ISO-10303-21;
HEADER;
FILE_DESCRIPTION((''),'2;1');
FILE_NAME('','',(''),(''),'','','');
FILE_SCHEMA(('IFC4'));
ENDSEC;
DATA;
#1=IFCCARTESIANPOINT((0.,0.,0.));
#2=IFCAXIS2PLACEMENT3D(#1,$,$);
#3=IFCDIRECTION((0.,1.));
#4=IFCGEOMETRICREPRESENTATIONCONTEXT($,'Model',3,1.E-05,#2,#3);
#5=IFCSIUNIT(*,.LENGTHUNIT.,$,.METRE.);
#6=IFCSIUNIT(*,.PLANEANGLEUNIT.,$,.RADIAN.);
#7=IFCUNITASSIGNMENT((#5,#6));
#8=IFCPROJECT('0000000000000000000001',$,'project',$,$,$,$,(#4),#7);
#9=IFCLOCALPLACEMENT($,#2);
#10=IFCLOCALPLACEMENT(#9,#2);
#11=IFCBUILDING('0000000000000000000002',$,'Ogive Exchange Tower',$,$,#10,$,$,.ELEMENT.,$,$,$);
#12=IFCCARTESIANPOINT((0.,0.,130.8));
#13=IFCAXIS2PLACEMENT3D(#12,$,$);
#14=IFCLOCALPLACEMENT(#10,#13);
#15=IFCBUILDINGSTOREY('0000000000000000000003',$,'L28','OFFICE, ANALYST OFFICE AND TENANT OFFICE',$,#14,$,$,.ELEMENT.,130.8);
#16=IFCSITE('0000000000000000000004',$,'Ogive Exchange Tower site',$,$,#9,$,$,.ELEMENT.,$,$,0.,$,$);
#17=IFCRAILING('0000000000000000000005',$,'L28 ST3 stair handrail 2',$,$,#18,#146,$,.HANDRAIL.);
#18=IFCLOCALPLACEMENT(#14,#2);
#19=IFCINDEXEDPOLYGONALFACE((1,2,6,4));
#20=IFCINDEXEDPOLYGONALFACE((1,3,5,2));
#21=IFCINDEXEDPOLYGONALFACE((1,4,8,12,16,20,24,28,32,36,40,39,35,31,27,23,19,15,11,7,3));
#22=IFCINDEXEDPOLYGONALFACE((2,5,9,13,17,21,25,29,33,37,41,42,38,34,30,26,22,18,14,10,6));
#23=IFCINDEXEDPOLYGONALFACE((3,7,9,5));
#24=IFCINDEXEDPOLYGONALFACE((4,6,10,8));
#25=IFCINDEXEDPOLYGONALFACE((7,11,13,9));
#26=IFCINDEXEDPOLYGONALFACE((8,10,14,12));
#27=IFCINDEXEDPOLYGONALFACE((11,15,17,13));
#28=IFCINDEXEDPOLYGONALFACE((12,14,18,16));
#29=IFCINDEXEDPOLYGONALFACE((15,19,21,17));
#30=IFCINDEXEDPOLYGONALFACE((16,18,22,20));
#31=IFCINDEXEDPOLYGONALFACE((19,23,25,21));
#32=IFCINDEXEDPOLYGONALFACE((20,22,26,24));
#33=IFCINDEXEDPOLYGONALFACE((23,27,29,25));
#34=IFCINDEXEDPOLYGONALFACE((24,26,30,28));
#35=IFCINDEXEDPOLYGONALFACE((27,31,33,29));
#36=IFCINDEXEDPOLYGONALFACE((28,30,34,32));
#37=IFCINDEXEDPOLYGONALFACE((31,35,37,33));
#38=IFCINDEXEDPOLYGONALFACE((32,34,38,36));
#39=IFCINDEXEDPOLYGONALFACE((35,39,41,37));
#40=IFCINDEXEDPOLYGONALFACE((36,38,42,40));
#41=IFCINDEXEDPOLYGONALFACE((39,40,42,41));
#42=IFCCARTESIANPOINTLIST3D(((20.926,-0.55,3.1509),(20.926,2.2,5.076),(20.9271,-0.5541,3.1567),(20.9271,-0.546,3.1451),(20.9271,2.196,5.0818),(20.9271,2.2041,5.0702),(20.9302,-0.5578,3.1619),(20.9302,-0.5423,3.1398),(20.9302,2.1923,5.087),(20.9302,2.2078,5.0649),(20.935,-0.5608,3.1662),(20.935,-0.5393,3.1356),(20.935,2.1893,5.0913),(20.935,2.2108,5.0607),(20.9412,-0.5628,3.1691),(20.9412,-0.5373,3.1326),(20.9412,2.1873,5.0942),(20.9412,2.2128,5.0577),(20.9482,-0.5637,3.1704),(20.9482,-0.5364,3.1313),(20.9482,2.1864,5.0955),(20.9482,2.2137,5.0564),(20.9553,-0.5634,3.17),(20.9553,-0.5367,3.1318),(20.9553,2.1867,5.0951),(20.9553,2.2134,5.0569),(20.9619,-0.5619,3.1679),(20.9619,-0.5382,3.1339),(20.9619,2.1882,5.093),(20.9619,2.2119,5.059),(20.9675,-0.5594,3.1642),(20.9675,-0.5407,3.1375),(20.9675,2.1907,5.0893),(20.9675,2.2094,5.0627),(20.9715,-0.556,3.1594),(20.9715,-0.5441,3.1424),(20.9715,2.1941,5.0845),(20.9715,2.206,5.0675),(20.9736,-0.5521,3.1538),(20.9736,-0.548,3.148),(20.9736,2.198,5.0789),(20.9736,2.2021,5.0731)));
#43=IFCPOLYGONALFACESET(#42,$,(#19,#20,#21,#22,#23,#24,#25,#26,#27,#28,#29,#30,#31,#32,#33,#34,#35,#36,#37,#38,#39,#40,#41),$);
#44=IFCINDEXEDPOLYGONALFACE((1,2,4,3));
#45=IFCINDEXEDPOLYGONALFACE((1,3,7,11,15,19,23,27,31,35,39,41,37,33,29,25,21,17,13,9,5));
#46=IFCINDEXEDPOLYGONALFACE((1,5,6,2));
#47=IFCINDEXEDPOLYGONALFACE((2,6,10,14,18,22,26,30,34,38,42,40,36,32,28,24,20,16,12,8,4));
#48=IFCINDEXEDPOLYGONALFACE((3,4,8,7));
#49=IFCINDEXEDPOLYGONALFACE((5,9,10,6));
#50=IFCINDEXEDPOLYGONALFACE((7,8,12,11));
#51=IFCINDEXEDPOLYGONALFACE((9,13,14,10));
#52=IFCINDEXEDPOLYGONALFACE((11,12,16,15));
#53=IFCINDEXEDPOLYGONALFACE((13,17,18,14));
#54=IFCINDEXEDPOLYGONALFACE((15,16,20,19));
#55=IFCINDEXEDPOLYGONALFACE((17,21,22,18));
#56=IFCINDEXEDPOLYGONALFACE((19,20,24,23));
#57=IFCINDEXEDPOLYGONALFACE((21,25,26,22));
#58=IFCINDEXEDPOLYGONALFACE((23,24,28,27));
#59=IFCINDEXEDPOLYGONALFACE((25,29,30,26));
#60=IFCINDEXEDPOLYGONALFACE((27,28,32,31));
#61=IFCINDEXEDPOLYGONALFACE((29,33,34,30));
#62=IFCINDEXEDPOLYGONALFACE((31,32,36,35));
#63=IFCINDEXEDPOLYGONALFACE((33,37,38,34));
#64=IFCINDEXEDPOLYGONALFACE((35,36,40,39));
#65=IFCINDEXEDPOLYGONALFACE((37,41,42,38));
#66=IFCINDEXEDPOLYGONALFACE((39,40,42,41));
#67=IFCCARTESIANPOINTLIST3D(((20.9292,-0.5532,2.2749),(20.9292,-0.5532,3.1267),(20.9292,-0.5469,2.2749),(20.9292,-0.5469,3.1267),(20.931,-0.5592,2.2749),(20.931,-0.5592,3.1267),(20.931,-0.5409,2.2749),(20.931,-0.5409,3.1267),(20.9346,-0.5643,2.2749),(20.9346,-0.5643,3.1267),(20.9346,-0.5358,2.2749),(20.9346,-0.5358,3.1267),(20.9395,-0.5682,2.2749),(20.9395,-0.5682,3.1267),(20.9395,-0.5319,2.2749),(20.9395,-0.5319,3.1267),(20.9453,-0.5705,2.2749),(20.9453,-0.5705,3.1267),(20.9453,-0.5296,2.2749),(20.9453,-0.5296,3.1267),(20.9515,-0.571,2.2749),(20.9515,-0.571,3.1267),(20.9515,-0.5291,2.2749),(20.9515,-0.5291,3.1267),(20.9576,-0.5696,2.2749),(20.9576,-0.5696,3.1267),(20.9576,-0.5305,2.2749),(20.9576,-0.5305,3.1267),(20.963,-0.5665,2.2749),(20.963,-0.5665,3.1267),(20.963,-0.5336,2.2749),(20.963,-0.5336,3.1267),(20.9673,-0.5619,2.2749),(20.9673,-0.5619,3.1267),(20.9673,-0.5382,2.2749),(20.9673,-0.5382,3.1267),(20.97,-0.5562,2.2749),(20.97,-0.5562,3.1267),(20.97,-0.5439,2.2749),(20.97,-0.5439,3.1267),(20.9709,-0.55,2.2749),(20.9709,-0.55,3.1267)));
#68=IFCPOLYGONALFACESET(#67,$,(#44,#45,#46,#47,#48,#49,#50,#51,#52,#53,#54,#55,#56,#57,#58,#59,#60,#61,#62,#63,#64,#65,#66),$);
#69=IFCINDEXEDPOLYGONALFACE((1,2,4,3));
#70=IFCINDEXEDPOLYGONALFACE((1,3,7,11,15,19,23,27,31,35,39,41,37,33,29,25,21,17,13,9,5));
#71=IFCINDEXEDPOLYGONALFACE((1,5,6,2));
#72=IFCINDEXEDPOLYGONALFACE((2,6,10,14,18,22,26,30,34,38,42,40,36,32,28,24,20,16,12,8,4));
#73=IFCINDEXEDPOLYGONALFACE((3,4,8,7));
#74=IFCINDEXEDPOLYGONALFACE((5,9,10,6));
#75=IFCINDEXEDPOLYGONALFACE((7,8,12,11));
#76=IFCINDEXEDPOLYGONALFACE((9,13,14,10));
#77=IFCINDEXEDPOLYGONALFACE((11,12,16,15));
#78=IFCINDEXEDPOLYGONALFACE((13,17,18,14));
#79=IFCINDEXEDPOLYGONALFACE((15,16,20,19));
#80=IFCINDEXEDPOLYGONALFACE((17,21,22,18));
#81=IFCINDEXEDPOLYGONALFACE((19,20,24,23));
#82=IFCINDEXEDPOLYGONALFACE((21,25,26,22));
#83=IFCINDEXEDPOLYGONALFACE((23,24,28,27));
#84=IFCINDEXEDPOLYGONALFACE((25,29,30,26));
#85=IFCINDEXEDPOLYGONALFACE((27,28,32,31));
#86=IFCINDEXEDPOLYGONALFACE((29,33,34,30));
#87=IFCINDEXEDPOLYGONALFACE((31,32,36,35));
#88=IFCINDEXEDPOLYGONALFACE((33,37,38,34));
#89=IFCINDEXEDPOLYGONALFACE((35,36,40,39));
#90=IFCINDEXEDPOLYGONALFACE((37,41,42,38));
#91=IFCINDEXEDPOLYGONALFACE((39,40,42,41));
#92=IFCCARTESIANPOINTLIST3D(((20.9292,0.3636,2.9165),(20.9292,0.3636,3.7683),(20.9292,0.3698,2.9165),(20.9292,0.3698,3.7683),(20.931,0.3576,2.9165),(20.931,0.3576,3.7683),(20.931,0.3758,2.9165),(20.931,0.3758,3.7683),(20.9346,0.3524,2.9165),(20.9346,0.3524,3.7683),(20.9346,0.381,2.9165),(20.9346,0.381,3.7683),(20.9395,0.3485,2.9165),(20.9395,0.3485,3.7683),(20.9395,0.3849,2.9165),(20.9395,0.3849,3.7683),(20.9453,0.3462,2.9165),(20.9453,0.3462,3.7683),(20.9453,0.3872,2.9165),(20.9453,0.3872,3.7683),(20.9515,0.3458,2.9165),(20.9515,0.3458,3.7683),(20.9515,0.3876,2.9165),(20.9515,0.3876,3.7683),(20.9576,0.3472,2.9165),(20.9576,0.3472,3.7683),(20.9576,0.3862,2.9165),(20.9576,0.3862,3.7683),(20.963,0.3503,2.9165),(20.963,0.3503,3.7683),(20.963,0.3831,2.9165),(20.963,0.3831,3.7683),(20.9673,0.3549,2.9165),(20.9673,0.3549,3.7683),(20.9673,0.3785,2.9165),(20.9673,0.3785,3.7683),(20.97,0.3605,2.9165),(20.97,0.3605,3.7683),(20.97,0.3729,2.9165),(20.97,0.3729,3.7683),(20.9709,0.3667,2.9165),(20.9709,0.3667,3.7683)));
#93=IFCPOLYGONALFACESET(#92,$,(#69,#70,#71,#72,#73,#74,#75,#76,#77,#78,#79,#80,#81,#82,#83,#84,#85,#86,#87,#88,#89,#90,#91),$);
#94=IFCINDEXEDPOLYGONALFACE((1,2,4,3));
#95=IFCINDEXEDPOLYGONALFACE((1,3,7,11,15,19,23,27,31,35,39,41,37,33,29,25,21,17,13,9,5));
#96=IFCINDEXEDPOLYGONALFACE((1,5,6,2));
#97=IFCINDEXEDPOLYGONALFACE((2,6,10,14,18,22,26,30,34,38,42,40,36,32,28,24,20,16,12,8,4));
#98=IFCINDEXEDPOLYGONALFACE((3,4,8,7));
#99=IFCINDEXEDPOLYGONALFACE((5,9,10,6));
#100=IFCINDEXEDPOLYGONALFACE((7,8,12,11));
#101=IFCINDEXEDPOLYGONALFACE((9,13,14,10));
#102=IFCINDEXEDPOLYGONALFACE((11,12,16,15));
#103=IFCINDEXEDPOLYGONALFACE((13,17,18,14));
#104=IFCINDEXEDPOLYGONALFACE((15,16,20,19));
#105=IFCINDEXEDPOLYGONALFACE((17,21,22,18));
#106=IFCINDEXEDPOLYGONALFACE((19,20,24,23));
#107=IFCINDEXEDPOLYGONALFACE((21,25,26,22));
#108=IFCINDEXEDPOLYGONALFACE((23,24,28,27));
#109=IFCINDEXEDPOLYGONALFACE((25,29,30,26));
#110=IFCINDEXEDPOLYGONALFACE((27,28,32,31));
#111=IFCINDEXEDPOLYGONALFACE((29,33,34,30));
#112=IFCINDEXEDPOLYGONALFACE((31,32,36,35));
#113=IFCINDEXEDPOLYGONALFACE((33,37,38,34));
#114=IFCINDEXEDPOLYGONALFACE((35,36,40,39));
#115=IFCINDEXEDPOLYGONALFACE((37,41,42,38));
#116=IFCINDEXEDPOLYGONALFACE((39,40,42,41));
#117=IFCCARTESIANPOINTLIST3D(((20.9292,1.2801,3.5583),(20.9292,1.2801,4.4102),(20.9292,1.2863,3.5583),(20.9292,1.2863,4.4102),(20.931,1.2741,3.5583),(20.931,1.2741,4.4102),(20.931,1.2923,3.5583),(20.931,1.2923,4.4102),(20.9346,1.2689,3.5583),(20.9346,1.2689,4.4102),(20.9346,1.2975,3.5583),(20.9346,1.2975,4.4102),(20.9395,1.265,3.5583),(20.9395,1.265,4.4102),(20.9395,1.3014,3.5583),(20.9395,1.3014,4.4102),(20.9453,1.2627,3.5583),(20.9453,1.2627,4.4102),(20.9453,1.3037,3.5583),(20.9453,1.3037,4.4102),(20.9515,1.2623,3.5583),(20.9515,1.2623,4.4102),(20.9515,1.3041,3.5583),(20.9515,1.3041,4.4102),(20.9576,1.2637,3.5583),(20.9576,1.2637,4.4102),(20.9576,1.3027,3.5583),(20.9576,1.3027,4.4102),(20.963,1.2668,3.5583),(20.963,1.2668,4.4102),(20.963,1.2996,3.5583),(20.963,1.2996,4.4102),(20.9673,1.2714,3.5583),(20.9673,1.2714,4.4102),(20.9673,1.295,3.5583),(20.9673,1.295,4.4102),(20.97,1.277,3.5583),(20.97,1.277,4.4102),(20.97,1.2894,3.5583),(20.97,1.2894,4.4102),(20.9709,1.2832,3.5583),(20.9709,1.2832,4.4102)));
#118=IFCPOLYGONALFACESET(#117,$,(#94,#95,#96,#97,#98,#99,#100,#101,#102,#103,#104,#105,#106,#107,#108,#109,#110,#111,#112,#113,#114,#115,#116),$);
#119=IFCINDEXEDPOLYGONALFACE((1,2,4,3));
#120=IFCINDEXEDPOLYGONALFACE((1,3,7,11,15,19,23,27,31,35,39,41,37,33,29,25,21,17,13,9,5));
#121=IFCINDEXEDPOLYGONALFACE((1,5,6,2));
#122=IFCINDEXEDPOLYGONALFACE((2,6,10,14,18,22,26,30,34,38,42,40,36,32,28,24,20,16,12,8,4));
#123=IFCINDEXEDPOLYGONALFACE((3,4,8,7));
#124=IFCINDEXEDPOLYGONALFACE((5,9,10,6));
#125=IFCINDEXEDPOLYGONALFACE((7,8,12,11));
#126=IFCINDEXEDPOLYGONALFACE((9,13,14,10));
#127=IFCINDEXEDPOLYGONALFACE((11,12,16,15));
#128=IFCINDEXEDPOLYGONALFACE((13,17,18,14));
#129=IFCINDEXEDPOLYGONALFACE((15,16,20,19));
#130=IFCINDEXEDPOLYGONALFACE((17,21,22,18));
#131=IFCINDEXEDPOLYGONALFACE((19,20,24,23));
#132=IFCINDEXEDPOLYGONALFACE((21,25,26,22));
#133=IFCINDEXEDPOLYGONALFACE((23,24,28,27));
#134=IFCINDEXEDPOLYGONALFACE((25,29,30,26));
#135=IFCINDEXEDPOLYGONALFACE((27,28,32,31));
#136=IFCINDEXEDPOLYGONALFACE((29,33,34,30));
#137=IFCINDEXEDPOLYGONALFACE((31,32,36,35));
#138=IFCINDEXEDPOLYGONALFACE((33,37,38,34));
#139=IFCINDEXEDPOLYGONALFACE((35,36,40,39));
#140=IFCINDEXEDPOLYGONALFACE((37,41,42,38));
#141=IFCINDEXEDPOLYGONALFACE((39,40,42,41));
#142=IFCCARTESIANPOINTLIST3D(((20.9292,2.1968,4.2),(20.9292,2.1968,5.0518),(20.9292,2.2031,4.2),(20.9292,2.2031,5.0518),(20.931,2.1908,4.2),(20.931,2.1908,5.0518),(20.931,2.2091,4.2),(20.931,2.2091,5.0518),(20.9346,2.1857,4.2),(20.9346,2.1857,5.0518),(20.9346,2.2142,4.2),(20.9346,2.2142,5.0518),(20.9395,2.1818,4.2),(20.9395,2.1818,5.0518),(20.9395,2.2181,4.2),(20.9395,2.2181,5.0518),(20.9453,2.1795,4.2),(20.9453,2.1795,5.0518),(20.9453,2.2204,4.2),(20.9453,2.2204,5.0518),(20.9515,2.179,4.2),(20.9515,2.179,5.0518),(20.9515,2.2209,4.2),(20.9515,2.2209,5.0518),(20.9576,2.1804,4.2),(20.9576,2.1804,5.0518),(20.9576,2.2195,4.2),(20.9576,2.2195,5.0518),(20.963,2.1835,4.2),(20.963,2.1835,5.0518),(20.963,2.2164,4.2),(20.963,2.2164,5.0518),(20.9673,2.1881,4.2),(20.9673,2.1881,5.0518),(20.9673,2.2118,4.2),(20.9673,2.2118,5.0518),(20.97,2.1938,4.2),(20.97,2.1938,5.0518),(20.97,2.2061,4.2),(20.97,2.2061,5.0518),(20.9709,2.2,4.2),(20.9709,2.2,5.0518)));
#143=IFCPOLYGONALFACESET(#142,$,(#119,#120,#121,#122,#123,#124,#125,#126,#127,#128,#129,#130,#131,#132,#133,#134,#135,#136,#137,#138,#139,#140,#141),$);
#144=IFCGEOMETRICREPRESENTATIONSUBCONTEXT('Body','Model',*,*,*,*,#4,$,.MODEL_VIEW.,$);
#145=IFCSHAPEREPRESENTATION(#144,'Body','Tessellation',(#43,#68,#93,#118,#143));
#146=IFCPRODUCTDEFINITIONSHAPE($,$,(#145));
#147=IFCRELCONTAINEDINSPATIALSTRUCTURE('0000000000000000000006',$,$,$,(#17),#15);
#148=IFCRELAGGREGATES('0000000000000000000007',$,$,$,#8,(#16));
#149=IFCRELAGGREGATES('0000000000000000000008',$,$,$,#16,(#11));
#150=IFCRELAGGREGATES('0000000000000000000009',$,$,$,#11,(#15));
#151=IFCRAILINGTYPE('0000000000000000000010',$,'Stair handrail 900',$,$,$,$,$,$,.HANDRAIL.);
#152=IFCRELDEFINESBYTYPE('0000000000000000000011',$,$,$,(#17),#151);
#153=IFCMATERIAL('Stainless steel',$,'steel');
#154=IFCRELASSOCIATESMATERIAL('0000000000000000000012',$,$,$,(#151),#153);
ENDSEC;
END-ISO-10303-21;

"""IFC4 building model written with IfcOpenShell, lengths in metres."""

from ifc_helpers import new_model, si_unit, direction, frame, origin, origin_2d, place, context, subcontext, project, spatial, circle, extrude, material, type_object, element, save


model = new_model("IFC4")

# Units and contexts
model_context = context("Model", 3, precision=1e-05, world=origin(), true_north=direction((0.0, 1.0)))
body_context = subcontext(model_context, "Body", "Model", "MODEL_VIEW")
ifc_project = project(units=[si_unit("LENGTHUNIT", "METRE"), si_unit("PLANEANGLEUNIT", "RADIAN")], contexts=[model_context])

# Site, building, storey
site_placement = place(None, origin())
site = spatial("IfcSite", under=ifc_project, at=site_placement, Name="Ogive Exchange Tower site", CompositionType="ELEMENT", RefElevation=0.0)
building_placement = place(site_placement, origin())
building = spatial("IfcBuilding", under=site, at=building_placement, Name="Ogive Exchange Tower", CompositionType="ELEMENT")
storey_placement = place(building_placement, frame((0.0, 0.0, 130.8)))
storey = spatial("IfcBuildingStorey", under=building, at=storey_placement, Name="L28", Description="OFFICE, ANALYST OFFICE AND TENANT OFFICE", CompositionType="ELEMENT", Elevation=130.8)

# Railing
ifc_material_1 = material(Name="Stainless steel", Category="steel")
railing_type = type_object("IfcRailingType", Name="Stair handrail 900", PredefinedType="HANDRAIL", material=ifc_material_1)
railing_1_placement = place(storey_placement, frame((20.95, -0.55, 2.2749)))
element("IfcRailing", 1, at=railing_1_placement, inside=storey, type_object=railing_type, Name="L28 ST3 stair handrail 2", PredefinedType="HANDRAIL", context=body_context, shape_type="SweptSolid", body=[
    extrude(circle(Radius=0.0239, at=origin_2d()), frame((0.0, 0.0, 0.876), z_axis=(0.0, 0.819225, 0.573472), x_axis=(-1.0, 0.0, 0.0)), (0.0, 0.0, 1.0), 3.3569),
    extrude(circle(Radius=0.021, at=origin_2d()), origin(), (0.0, 0.0, 1.0), 0.8518),
    extrude(circle(Radius=0.021, at=origin_2d()), frame((0.0, 0.9167, 0.6416)), (0.0, 0.0, 1.0), 0.8518),
    extrude(circle(Radius=0.021, at=origin_2d()), frame((0.0, 1.8333, 1.2834)), (0.0, 0.0, 1.0), 0.8518),
    extrude(circle(Radius=0.021, at=origin_2d()), frame((0.0, 2.75, 1.925)), (0.0, 0.0, 1.0), 0.8518),
])

save(model, "model.ifc")
